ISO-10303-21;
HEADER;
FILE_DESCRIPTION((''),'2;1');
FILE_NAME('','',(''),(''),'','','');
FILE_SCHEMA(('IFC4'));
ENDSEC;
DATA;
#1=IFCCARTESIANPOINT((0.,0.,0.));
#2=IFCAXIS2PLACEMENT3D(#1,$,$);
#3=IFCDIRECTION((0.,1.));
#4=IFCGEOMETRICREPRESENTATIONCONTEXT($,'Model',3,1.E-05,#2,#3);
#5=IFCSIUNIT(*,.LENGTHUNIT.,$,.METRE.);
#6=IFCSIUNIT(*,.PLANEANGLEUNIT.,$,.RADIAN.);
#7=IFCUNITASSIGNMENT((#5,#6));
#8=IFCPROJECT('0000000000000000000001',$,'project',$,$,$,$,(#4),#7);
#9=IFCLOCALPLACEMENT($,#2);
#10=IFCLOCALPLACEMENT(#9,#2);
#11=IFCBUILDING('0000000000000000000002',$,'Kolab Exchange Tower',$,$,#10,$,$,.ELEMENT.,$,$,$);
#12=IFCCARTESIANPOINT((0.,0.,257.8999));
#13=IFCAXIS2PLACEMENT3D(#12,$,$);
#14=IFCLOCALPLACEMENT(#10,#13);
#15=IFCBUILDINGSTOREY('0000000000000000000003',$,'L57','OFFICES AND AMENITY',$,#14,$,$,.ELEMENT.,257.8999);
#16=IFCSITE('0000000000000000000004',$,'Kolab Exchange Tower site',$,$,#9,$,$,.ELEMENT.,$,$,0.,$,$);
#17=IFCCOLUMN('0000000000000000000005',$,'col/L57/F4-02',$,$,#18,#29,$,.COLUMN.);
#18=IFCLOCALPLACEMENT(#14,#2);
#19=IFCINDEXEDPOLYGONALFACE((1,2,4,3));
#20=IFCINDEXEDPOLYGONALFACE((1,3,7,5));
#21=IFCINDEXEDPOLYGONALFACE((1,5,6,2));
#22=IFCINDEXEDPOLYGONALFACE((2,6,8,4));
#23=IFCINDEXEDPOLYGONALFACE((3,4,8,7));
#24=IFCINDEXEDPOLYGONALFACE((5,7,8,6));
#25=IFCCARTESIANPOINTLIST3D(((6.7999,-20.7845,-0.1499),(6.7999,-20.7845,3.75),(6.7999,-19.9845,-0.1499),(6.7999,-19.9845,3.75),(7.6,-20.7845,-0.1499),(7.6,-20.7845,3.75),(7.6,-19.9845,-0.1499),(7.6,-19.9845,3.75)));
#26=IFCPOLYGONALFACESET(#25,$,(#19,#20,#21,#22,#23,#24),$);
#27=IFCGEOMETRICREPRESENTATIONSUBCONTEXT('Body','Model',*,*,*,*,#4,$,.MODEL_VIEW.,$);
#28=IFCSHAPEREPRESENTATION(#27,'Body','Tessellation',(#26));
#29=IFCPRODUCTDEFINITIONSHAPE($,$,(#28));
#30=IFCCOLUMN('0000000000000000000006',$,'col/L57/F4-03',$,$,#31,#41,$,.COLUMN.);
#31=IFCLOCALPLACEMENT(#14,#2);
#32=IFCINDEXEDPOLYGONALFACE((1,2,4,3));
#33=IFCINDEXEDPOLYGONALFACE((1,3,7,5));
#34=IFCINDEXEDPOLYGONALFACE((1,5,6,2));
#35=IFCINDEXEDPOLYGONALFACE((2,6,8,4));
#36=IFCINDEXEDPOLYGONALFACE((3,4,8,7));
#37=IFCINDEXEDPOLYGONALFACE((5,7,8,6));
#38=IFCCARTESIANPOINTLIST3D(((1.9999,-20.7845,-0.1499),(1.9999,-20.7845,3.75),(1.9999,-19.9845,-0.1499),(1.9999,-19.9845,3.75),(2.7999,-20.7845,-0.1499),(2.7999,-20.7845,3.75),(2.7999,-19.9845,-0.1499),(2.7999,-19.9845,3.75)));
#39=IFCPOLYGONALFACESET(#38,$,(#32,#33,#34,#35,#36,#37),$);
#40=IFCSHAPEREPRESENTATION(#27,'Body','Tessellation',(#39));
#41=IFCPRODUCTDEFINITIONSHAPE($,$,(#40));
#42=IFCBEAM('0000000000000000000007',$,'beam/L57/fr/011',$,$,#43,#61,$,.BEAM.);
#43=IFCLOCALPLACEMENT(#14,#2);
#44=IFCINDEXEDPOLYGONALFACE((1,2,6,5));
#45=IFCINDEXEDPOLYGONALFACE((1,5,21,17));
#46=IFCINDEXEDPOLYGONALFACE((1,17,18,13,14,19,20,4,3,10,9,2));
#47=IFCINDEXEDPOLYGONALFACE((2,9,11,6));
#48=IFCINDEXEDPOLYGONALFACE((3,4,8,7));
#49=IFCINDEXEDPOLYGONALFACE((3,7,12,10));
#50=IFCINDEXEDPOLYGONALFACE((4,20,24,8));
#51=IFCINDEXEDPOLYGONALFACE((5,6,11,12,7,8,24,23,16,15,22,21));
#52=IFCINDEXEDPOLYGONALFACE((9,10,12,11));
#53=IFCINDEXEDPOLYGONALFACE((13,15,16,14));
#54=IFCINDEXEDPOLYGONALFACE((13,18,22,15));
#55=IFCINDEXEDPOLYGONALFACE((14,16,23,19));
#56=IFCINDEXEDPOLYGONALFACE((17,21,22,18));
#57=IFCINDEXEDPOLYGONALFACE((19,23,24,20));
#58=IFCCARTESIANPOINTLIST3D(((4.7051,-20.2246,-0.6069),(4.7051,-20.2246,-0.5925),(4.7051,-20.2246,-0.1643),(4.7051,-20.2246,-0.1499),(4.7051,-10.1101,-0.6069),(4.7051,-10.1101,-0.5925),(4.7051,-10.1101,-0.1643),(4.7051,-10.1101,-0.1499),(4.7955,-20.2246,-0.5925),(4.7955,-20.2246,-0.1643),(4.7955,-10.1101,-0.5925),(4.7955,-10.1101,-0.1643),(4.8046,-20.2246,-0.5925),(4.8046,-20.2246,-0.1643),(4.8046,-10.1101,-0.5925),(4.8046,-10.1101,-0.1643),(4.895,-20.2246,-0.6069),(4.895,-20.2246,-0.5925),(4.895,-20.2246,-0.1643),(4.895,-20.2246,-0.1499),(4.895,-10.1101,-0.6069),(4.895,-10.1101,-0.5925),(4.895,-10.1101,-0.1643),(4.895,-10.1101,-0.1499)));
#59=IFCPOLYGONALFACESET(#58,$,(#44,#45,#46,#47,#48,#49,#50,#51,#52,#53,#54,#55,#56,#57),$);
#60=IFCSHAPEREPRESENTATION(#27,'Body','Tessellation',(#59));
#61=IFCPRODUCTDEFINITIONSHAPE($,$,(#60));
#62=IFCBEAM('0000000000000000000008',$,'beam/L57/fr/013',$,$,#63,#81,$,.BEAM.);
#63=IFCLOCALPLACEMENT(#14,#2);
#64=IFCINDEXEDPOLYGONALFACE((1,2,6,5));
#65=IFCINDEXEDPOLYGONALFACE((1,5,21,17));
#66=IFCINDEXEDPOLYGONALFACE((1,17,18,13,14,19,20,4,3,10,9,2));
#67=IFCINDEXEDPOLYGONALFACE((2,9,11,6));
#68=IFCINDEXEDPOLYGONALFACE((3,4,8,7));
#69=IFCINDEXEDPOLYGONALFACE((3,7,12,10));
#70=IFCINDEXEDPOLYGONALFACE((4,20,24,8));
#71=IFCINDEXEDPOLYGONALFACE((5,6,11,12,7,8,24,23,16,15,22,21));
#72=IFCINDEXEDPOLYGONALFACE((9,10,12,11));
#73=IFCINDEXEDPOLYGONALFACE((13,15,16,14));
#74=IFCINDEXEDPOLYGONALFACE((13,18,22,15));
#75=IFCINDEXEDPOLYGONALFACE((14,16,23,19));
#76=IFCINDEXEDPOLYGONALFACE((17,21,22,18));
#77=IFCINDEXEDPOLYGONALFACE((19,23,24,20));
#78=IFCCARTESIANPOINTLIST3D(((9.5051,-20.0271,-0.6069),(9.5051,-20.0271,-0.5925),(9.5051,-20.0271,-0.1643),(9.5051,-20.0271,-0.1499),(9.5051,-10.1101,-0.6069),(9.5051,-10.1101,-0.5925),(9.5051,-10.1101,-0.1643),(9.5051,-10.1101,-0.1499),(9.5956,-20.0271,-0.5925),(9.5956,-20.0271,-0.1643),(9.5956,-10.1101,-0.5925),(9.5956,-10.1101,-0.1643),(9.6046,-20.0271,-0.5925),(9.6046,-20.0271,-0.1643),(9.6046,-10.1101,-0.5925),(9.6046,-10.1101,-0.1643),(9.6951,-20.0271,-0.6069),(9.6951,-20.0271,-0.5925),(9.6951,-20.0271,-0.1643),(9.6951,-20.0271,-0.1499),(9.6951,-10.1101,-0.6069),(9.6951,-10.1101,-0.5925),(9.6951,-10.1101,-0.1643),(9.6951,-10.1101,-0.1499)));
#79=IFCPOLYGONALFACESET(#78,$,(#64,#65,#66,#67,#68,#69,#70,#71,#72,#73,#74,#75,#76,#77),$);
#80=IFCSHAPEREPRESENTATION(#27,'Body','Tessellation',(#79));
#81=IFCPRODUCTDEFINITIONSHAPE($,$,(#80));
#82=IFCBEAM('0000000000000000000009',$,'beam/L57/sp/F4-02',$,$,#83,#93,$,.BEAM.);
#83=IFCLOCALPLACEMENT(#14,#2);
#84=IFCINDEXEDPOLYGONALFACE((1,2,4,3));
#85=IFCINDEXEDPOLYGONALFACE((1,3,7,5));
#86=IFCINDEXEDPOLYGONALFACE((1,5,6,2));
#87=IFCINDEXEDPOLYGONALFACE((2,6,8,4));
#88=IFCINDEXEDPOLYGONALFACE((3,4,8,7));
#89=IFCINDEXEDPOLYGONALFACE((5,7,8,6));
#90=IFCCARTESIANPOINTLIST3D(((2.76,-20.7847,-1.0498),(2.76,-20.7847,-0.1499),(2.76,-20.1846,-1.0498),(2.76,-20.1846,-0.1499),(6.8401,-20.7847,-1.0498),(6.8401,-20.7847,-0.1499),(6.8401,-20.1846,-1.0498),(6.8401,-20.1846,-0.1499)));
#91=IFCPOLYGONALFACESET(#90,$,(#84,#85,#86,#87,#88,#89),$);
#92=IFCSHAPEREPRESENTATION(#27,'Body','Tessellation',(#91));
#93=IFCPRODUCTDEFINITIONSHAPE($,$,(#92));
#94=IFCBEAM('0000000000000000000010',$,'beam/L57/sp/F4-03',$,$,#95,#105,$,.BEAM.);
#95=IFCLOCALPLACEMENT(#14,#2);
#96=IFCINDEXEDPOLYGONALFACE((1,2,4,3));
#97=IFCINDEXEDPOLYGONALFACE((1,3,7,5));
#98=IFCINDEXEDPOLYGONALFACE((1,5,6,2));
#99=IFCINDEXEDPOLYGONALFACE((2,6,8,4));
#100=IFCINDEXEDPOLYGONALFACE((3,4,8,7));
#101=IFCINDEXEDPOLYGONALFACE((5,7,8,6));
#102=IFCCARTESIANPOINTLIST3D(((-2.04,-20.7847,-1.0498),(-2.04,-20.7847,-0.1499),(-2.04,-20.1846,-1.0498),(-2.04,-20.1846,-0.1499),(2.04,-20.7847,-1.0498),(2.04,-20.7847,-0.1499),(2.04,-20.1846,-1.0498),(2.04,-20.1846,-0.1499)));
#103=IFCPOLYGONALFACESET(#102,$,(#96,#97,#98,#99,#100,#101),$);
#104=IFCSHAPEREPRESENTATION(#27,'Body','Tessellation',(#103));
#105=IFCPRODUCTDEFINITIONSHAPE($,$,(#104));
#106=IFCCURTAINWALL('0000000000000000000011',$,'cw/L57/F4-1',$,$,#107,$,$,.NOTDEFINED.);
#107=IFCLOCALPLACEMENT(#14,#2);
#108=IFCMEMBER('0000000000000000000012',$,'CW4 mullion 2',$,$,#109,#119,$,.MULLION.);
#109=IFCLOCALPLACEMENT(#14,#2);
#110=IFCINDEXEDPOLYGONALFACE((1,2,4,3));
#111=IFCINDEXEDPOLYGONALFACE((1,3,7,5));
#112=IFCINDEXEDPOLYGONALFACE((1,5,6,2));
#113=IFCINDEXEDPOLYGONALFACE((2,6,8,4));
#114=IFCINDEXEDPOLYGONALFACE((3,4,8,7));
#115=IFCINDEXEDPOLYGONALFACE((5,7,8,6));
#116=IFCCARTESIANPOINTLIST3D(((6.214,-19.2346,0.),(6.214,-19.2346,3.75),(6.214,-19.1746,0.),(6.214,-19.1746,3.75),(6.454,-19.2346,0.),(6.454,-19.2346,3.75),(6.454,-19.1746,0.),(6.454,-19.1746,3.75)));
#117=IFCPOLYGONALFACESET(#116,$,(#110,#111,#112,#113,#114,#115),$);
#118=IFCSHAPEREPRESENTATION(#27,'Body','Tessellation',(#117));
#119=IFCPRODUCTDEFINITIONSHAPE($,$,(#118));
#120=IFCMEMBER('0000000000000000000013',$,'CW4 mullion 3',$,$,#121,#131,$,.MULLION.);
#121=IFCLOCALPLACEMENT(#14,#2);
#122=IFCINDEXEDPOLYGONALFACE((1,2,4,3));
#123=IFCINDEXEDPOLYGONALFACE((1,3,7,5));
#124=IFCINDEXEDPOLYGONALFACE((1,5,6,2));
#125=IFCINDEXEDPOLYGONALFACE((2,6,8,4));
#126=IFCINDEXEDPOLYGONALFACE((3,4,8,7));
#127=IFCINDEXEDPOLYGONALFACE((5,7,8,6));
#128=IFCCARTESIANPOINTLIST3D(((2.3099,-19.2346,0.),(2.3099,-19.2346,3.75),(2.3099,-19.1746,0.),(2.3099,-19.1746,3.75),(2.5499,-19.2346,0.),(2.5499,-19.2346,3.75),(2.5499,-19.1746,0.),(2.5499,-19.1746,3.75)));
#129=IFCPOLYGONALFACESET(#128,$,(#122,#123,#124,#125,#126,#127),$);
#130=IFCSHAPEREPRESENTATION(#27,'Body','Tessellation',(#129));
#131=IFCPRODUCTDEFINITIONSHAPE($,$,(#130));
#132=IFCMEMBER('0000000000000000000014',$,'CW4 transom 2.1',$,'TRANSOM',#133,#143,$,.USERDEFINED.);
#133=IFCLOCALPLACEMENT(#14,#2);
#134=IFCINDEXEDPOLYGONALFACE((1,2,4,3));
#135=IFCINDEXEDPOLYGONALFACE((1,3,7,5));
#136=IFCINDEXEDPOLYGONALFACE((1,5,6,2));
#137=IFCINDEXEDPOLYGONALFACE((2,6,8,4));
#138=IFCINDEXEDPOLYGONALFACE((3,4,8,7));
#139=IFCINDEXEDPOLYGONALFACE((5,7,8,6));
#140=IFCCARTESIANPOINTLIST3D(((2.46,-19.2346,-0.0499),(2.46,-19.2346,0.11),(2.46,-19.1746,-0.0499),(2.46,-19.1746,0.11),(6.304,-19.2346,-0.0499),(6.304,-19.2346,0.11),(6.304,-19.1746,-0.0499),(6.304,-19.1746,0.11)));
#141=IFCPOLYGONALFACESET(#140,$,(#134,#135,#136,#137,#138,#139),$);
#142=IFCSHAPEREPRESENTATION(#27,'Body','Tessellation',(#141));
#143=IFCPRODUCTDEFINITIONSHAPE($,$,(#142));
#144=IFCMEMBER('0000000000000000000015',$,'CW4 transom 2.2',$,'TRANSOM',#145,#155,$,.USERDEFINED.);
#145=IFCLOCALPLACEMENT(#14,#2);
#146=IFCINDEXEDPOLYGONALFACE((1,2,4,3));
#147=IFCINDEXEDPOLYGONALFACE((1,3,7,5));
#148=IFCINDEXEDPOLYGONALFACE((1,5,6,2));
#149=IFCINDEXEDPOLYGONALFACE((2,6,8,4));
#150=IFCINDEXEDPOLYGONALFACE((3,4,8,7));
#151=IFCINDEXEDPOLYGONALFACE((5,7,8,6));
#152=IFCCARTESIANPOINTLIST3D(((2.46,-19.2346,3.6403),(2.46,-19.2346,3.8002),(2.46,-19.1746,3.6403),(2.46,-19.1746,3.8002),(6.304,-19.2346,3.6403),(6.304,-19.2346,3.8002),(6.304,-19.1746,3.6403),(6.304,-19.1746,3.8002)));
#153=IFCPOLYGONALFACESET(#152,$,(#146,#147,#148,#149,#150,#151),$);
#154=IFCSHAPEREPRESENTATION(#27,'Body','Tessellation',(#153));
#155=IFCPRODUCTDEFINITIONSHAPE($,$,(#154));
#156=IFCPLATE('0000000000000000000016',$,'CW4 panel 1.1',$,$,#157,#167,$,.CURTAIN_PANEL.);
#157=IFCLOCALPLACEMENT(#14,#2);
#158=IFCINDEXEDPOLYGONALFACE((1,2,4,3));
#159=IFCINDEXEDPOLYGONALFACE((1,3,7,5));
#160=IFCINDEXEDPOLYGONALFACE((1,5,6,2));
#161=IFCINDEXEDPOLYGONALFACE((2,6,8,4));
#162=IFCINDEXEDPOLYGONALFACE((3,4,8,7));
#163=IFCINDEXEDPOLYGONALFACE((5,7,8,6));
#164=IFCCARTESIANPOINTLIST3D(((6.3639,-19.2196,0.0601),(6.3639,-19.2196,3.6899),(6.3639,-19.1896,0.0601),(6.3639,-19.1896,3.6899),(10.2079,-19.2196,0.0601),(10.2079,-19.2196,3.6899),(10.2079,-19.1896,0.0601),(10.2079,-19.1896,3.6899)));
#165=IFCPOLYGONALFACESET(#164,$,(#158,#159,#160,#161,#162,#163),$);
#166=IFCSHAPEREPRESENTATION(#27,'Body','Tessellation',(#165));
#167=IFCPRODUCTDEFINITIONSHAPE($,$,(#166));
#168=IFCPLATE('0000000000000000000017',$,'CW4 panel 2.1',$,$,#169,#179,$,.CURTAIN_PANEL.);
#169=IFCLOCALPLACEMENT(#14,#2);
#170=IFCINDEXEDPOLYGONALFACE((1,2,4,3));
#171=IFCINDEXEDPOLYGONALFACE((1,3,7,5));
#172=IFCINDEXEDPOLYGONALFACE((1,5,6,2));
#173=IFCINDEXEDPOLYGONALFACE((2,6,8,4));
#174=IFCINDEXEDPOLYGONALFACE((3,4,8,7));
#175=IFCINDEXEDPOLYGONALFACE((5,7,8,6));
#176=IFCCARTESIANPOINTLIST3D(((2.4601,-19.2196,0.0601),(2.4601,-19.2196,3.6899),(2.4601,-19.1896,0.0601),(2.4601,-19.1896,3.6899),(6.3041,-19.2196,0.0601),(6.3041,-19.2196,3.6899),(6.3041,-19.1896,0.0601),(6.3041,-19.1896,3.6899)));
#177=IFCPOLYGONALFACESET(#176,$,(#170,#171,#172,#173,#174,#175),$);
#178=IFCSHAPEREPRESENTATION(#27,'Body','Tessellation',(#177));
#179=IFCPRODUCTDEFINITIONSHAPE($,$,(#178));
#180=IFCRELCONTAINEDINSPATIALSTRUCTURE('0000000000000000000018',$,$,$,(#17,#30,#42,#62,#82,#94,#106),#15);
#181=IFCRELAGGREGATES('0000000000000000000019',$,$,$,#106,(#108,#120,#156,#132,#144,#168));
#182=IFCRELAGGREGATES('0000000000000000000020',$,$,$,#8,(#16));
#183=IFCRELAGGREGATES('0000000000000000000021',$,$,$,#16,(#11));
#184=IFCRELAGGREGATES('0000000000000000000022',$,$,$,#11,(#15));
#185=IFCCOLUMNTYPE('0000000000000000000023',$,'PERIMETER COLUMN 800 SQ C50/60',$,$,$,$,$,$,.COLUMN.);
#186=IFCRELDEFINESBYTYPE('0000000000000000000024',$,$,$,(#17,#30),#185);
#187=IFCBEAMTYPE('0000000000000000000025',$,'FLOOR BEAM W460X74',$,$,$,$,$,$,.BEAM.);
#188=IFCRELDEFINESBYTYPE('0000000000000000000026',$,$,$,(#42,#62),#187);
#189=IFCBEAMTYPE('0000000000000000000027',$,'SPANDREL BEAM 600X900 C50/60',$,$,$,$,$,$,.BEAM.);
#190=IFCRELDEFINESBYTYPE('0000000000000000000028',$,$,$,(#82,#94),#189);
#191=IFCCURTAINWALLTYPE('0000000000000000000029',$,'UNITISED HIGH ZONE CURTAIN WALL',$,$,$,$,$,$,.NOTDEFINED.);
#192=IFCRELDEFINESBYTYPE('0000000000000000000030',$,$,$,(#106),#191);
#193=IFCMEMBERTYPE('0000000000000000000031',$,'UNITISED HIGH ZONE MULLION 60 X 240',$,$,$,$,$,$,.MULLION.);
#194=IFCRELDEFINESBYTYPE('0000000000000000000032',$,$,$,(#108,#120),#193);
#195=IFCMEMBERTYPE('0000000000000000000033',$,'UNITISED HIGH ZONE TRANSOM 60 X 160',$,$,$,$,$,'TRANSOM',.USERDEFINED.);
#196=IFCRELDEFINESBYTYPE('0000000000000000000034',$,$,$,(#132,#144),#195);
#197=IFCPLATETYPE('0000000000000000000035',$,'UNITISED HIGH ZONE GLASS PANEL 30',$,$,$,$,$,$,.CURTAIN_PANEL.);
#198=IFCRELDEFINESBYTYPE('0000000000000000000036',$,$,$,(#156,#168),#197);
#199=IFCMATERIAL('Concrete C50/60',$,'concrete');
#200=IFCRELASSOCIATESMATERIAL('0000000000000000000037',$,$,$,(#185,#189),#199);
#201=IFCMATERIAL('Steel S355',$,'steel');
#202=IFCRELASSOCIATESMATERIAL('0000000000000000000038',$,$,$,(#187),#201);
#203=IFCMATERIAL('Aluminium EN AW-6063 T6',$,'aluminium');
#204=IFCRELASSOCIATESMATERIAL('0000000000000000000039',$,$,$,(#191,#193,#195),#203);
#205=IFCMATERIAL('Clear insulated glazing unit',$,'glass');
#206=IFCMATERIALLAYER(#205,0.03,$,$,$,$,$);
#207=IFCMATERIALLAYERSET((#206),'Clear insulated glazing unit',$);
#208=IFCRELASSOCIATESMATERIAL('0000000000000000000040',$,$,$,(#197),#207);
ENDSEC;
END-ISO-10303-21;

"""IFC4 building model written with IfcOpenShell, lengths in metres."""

from ifc_helpers import new_model, si_unit, direction, frame, origin, origin_2d, place, context, subcontext, project, spatial, rectangle, i_section, extrude, material, layer, layer_set, material_profile, profile_set, type_object, element, aggregate, save


model = new_model("IFC4")

# Units and contexts
model_context = context("Model", 3, precision=1e-05, world=origin(), true_north=direction((0.0, 1.0)))
body_context = subcontext(model_context, "Body", "Model", "MODEL_VIEW")
ifc_project = project(units=[si_unit("LENGTHUNIT", "METRE"), si_unit("PLANEANGLEUNIT", "RADIAN")], contexts=[model_context])

# Site, building, storey
site_placement = place(None, origin())
site = spatial("IfcSite", under=ifc_project, at=site_placement, Name="Kolab Exchange Tower site", CompositionType="ELEMENT", RefElevation=0.0)
building_placement = place(site_placement, origin())
building = spatial("IfcBuilding", under=site, at=building_placement, Name="Kolab Exchange Tower", CompositionType="ELEMENT")
storey_placement = place(building_placement, frame((0.0, 0.0, 257.8999)))
storey = spatial("IfcBuildingStorey", under=building, at=storey_placement, Name="L57", Description="OFFICES AND AMENITY", CompositionType="ELEMENT", Elevation=257.8999)

# Columns
ifc_material_1 = material(Name="Concrete C50/60", Category="concrete")
ifc_material_profile_1 = material_profile(ifc_material_1, rectangle(XDim=0.8, YDim=0.8, at=origin_2d()), Name="RC800")
ifc_profile_set_1 = profile_set([ifc_material_profile_1], Name="Concrete C50/60")
column_type = type_object("IfcColumnType", Name="PERIMETER COLUMN 800 SQ C50/60", PredefinedType="COLUMN", material=ifc_profile_set_1)
for number, where, z_axis, x_axis, name in (
    (1, (7.2, -20.3845, -0.1499), (0.0, 0.0, 1.0), (1.0, 0.0, 0.0), "col/L57/F4-02"),
    (2, (2.3999, -20.3845, -0.1499), (0.0, 0.0, 1.0), (1.0, 0.0, 0.0), "col/L57/F4-03"),
):
    element("IfcColumn", number, at=place(storey_placement, frame(where, z_axis=z_axis, x_axis=x_axis)), inside=storey, type_object=column_type, Name=name, PredefinedType="COLUMN", context=body_context, shape_type="SweptSolid", body=[
        extrude(rectangle(XDim=0.8, YDim=0.8, at=origin_2d()), origin(), (0.0, 0.0, 1.0), 3.8999),
    ])

# Beams
ifc_material_2 = material(Name="Steel S355", Category="steel")
ifc_material_profile_2 = material_profile(ifc_material_2, i_section(OverallWidth=0.1899, OverallDepth=0.457, WebThickness=0.009, FlangeThickness=0.0144, at=origin_2d()), Name="W460X74")
ifc_profile_set_2 = profile_set([ifc_material_profile_2], Name="Steel S355")
beam_type_1 = type_object("IfcBeamType", Name="FLOOR BEAM W460X74", PredefinedType="BEAM", material=ifc_profile_set_2)
beam_1_placement = place(storey_placement, frame((4.8, -20.2246, -0.3784), z_axis=(0.0, 1.0, 0.0), x_axis=(-1.0, 0.0, 0.0)))
element("IfcBeam", 3, at=beam_1_placement, inside=storey, type_object=beam_type_1, Name="beam/L57/fr/011", PredefinedType="BEAM", context=body_context, shape_type="SweptSolid", body=[
    extrude(i_section(OverallWidth=0.1899, OverallDepth=0.457, WebThickness=0.009, FlangeThickness=0.0144, at=origin_2d()), origin(), (0.0, 0.0, 1.0), 10.1145),
])
beam_2_placement = place(storey_placement, frame((9.6001, -20.0271, -0.3784), z_axis=(0.0, 1.0, 0.0), x_axis=(-1.0, 0.0, 0.0)))
element("IfcBeam", 4, at=beam_2_placement, inside=storey, type_object=beam_type_1, Name="beam/L57/fr/013", PredefinedType="BEAM", context=body_context, shape_type="SweptSolid", body=[
    extrude(i_section(OverallWidth=0.1899, OverallDepth=0.457, WebThickness=0.009, FlangeThickness=0.0144, at=origin_2d()), origin(), (0.0, 0.0, 1.0), 9.917),
])
ifc_material_profile_3 = material_profile(ifc_material_1, rectangle(XDim=0.6001, YDim=0.8999, at=origin_2d()), Name="RC600X900")
ifc_profile_set_3 = profile_set([ifc_material_profile_3], Name="Concrete C50/60")
beam_type_2 = type_object("IfcBeamType", Name="SPANDREL BEAM 600X900 C50/60", PredefinedType="BEAM", material=ifc_profile_set_3)
for number, where, z_axis, x_axis, name in (
    (5, (6.8401, -20.4846, -0.5999), (-1.0, 0.0, 0.0), (0.0, -1.0, 0.0), "beam/L57/sp/F4-02"),
    (6, (2.04, -20.4846, -0.5999), (-1.0, 0.0, 0.0), (0.0, -1.0, 0.0), "beam/L57/sp/F4-03"),
):
    element("IfcBeam", number, at=place(storey_placement, frame(where, z_axis=z_axis, x_axis=x_axis)), inside=storey, type_object=beam_type_2, Name=name, PredefinedType="BEAM", context=body_context, shape_type="SweptSolid", body=[
        extrude(rectangle(XDim=0.6001, YDim=0.8999, at=origin_2d()), origin(), (0.0, 0.0, 1.0), 4.0801),
    ])

# Curtain wall, members, plates
ifc_material_3 = material(Name="Aluminium EN AW-6063 T6", Category="aluminium")
curtain_wall_type = type_object("IfcCurtainWallType", Name="UNITISED HIGH ZONE CURTAIN WALL", PredefinedType="NOTDEFINED", material=ifc_material_3)
curtain_wall_placement = place(storey_placement, origin())
curtain_wall = element("IfcCurtainWall", 7, at=curtain_wall_placement, inside=storey, type_object=curtain_wall_type, Name="cw/L57/F4-1", PredefinedType="NOTDEFINED")
ifc_material_profile_4 = material_profile(ifc_material_3, rectangle(XDim=0.0601, YDim=0.24, at=origin_2d()), Name="RECT 60X240")
ifc_profile_set_4 = profile_set([ifc_material_profile_4], Name="Aluminium EN AW-6063 T6")
member_type_1 = type_object("IfcMemberType", Name="UNITISED HIGH ZONE MULLION 60 X 240", PredefinedType="MULLION", material=ifc_profile_set_4)
member_1_placement = place(storey_placement, frame((6.334, -19.2046, 0.0), z_axis=(0.0, 0.0, 1.0), x_axis=(0.0, -1.0, 0.0)))
member_1 = element("IfcMember", 8, at=member_1_placement, type_object=member_type_1, Name="CW4 mullion 2", PredefinedType="MULLION", context=body_context, shape_type="SweptSolid", body=[
    extrude(rectangle(XDim=0.0601, YDim=0.24, at=origin_2d()), origin(), (0.0, 0.0, 1.0), 3.75),
])
member_2_placement = place(storey_placement, frame((2.4299, -19.2046, 0.0), z_axis=(0.0, 0.0, 1.0), x_axis=(0.0, -1.0, 0.0)))
member_2 = element("IfcMember", 9, at=member_2_placement, type_object=member_type_1, Name="CW4 mullion 3", PredefinedType="MULLION", context=body_context, shape_type="SweptSolid", body=[
    extrude(rectangle(XDim=0.0601, YDim=0.24, at=origin_2d()), origin(), (0.0, 0.0, 1.0), 3.75),
])
ifc_material_profile_5 = material_profile(ifc_material_3, rectangle(XDim=0.0601, YDim=0.1599, at=origin_2d()), Name="RECT 60X160")
ifc_profile_set_5 = profile_set([ifc_material_profile_5], Name="Aluminium EN AW-6063 T6")
member_type_2 = type_object("IfcMemberType", Name="UNITISED HIGH ZONE TRANSOM 60 X 160", ElementType="TRANSOM", PredefinedType="USERDEFINED", material=ifc_profile_set_5)
member_3_placement = place(storey_placement, frame((6.304, -19.2046, 0.03), z_axis=(-1.0, 0.0, 0.0), x_axis=(0.0, -1.0, 0.0)))
member_3 = element("IfcMember", 10, at=member_3_placement, type_object=member_type_2, Name="CW4 transom 2.1", ObjectType="TRANSOM", PredefinedType="USERDEFINED", context=body_context, shape_type="SweptSolid", body=[
    extrude(rectangle(XDim=0.0601, YDim=0.1599, at=origin_2d()), origin(), (0.0, 0.0, 1.0), 3.844),
])
member_4_placement = place(storey_placement, frame((6.304, -19.2046, 3.7202), z_axis=(-1.0, 0.0, 0.0), x_axis=(0.0, -1.0, 0.0)))
member_4 = element("IfcMember", 11, at=member_4_placement, type_object=member_type_2, Name="CW4 transom 2.2", ObjectType="TRANSOM", PredefinedType="USERDEFINED", context=body_context, shape_type="SweptSolid", body=[
    extrude(rectangle(XDim=0.0601, YDim=0.1599, at=origin_2d()), origin(), (0.0, 0.0, 1.0), 3.844),
])
ifc_material_4 = material(Name="Clear insulated glazing unit", Category="glass")
ifc_layer_1 = layer(ifc_material_4, 0.03)
ifc_layer_set_1 = layer_set([ifc_layer_1], Name="Clear insulated glazing unit")
plate_type = type_object("IfcPlateType", Name="UNITISED HIGH ZONE GLASS PANEL 30", PredefinedType="CURTAIN_PANEL", material=ifc_layer_set_1)
plate_1_placement = place(storey_placement, frame((8.2859, -19.2046, 0.0601), z_axis=(0.0, 0.0, 1.0), x_axis=(-1.0, 0.0, 0.0)))
plate_1 = element("IfcPlate", 12, at=plate_1_placement, type_object=plate_type, Name="CW4 panel 1.1", PredefinedType="CURTAIN_PANEL", context=body_context, shape_type="SweptSolid", body=[
    extrude(rectangle(XDim=3.844, YDim=0.03, at=origin_2d()), origin(), (0.0, 0.0, 1.0), 3.6299),
])
plate_2_placement = place(storey_placement, frame((4.3821, -19.2046, 0.0601), z_axis=(0.0, 0.0, 1.0), x_axis=(-1.0, 0.0, 0.0)))
plate_2 = element("IfcPlate", 13, at=plate_2_placement, type_object=plate_type, Name="CW4 panel 2.1", PredefinedType="CURTAIN_PANEL", context=body_context, shape_type="SweptSolid", body=[
    extrude(rectangle(XDim=3.844, YDim=0.03, at=origin_2d()), origin(), (0.0, 0.0, 1.0), 3.6299),
])
aggregate(curtain_wall, [member_1, member_2, plate_1, member_3, member_4, plate_2])

save(model, "model.ifc")
